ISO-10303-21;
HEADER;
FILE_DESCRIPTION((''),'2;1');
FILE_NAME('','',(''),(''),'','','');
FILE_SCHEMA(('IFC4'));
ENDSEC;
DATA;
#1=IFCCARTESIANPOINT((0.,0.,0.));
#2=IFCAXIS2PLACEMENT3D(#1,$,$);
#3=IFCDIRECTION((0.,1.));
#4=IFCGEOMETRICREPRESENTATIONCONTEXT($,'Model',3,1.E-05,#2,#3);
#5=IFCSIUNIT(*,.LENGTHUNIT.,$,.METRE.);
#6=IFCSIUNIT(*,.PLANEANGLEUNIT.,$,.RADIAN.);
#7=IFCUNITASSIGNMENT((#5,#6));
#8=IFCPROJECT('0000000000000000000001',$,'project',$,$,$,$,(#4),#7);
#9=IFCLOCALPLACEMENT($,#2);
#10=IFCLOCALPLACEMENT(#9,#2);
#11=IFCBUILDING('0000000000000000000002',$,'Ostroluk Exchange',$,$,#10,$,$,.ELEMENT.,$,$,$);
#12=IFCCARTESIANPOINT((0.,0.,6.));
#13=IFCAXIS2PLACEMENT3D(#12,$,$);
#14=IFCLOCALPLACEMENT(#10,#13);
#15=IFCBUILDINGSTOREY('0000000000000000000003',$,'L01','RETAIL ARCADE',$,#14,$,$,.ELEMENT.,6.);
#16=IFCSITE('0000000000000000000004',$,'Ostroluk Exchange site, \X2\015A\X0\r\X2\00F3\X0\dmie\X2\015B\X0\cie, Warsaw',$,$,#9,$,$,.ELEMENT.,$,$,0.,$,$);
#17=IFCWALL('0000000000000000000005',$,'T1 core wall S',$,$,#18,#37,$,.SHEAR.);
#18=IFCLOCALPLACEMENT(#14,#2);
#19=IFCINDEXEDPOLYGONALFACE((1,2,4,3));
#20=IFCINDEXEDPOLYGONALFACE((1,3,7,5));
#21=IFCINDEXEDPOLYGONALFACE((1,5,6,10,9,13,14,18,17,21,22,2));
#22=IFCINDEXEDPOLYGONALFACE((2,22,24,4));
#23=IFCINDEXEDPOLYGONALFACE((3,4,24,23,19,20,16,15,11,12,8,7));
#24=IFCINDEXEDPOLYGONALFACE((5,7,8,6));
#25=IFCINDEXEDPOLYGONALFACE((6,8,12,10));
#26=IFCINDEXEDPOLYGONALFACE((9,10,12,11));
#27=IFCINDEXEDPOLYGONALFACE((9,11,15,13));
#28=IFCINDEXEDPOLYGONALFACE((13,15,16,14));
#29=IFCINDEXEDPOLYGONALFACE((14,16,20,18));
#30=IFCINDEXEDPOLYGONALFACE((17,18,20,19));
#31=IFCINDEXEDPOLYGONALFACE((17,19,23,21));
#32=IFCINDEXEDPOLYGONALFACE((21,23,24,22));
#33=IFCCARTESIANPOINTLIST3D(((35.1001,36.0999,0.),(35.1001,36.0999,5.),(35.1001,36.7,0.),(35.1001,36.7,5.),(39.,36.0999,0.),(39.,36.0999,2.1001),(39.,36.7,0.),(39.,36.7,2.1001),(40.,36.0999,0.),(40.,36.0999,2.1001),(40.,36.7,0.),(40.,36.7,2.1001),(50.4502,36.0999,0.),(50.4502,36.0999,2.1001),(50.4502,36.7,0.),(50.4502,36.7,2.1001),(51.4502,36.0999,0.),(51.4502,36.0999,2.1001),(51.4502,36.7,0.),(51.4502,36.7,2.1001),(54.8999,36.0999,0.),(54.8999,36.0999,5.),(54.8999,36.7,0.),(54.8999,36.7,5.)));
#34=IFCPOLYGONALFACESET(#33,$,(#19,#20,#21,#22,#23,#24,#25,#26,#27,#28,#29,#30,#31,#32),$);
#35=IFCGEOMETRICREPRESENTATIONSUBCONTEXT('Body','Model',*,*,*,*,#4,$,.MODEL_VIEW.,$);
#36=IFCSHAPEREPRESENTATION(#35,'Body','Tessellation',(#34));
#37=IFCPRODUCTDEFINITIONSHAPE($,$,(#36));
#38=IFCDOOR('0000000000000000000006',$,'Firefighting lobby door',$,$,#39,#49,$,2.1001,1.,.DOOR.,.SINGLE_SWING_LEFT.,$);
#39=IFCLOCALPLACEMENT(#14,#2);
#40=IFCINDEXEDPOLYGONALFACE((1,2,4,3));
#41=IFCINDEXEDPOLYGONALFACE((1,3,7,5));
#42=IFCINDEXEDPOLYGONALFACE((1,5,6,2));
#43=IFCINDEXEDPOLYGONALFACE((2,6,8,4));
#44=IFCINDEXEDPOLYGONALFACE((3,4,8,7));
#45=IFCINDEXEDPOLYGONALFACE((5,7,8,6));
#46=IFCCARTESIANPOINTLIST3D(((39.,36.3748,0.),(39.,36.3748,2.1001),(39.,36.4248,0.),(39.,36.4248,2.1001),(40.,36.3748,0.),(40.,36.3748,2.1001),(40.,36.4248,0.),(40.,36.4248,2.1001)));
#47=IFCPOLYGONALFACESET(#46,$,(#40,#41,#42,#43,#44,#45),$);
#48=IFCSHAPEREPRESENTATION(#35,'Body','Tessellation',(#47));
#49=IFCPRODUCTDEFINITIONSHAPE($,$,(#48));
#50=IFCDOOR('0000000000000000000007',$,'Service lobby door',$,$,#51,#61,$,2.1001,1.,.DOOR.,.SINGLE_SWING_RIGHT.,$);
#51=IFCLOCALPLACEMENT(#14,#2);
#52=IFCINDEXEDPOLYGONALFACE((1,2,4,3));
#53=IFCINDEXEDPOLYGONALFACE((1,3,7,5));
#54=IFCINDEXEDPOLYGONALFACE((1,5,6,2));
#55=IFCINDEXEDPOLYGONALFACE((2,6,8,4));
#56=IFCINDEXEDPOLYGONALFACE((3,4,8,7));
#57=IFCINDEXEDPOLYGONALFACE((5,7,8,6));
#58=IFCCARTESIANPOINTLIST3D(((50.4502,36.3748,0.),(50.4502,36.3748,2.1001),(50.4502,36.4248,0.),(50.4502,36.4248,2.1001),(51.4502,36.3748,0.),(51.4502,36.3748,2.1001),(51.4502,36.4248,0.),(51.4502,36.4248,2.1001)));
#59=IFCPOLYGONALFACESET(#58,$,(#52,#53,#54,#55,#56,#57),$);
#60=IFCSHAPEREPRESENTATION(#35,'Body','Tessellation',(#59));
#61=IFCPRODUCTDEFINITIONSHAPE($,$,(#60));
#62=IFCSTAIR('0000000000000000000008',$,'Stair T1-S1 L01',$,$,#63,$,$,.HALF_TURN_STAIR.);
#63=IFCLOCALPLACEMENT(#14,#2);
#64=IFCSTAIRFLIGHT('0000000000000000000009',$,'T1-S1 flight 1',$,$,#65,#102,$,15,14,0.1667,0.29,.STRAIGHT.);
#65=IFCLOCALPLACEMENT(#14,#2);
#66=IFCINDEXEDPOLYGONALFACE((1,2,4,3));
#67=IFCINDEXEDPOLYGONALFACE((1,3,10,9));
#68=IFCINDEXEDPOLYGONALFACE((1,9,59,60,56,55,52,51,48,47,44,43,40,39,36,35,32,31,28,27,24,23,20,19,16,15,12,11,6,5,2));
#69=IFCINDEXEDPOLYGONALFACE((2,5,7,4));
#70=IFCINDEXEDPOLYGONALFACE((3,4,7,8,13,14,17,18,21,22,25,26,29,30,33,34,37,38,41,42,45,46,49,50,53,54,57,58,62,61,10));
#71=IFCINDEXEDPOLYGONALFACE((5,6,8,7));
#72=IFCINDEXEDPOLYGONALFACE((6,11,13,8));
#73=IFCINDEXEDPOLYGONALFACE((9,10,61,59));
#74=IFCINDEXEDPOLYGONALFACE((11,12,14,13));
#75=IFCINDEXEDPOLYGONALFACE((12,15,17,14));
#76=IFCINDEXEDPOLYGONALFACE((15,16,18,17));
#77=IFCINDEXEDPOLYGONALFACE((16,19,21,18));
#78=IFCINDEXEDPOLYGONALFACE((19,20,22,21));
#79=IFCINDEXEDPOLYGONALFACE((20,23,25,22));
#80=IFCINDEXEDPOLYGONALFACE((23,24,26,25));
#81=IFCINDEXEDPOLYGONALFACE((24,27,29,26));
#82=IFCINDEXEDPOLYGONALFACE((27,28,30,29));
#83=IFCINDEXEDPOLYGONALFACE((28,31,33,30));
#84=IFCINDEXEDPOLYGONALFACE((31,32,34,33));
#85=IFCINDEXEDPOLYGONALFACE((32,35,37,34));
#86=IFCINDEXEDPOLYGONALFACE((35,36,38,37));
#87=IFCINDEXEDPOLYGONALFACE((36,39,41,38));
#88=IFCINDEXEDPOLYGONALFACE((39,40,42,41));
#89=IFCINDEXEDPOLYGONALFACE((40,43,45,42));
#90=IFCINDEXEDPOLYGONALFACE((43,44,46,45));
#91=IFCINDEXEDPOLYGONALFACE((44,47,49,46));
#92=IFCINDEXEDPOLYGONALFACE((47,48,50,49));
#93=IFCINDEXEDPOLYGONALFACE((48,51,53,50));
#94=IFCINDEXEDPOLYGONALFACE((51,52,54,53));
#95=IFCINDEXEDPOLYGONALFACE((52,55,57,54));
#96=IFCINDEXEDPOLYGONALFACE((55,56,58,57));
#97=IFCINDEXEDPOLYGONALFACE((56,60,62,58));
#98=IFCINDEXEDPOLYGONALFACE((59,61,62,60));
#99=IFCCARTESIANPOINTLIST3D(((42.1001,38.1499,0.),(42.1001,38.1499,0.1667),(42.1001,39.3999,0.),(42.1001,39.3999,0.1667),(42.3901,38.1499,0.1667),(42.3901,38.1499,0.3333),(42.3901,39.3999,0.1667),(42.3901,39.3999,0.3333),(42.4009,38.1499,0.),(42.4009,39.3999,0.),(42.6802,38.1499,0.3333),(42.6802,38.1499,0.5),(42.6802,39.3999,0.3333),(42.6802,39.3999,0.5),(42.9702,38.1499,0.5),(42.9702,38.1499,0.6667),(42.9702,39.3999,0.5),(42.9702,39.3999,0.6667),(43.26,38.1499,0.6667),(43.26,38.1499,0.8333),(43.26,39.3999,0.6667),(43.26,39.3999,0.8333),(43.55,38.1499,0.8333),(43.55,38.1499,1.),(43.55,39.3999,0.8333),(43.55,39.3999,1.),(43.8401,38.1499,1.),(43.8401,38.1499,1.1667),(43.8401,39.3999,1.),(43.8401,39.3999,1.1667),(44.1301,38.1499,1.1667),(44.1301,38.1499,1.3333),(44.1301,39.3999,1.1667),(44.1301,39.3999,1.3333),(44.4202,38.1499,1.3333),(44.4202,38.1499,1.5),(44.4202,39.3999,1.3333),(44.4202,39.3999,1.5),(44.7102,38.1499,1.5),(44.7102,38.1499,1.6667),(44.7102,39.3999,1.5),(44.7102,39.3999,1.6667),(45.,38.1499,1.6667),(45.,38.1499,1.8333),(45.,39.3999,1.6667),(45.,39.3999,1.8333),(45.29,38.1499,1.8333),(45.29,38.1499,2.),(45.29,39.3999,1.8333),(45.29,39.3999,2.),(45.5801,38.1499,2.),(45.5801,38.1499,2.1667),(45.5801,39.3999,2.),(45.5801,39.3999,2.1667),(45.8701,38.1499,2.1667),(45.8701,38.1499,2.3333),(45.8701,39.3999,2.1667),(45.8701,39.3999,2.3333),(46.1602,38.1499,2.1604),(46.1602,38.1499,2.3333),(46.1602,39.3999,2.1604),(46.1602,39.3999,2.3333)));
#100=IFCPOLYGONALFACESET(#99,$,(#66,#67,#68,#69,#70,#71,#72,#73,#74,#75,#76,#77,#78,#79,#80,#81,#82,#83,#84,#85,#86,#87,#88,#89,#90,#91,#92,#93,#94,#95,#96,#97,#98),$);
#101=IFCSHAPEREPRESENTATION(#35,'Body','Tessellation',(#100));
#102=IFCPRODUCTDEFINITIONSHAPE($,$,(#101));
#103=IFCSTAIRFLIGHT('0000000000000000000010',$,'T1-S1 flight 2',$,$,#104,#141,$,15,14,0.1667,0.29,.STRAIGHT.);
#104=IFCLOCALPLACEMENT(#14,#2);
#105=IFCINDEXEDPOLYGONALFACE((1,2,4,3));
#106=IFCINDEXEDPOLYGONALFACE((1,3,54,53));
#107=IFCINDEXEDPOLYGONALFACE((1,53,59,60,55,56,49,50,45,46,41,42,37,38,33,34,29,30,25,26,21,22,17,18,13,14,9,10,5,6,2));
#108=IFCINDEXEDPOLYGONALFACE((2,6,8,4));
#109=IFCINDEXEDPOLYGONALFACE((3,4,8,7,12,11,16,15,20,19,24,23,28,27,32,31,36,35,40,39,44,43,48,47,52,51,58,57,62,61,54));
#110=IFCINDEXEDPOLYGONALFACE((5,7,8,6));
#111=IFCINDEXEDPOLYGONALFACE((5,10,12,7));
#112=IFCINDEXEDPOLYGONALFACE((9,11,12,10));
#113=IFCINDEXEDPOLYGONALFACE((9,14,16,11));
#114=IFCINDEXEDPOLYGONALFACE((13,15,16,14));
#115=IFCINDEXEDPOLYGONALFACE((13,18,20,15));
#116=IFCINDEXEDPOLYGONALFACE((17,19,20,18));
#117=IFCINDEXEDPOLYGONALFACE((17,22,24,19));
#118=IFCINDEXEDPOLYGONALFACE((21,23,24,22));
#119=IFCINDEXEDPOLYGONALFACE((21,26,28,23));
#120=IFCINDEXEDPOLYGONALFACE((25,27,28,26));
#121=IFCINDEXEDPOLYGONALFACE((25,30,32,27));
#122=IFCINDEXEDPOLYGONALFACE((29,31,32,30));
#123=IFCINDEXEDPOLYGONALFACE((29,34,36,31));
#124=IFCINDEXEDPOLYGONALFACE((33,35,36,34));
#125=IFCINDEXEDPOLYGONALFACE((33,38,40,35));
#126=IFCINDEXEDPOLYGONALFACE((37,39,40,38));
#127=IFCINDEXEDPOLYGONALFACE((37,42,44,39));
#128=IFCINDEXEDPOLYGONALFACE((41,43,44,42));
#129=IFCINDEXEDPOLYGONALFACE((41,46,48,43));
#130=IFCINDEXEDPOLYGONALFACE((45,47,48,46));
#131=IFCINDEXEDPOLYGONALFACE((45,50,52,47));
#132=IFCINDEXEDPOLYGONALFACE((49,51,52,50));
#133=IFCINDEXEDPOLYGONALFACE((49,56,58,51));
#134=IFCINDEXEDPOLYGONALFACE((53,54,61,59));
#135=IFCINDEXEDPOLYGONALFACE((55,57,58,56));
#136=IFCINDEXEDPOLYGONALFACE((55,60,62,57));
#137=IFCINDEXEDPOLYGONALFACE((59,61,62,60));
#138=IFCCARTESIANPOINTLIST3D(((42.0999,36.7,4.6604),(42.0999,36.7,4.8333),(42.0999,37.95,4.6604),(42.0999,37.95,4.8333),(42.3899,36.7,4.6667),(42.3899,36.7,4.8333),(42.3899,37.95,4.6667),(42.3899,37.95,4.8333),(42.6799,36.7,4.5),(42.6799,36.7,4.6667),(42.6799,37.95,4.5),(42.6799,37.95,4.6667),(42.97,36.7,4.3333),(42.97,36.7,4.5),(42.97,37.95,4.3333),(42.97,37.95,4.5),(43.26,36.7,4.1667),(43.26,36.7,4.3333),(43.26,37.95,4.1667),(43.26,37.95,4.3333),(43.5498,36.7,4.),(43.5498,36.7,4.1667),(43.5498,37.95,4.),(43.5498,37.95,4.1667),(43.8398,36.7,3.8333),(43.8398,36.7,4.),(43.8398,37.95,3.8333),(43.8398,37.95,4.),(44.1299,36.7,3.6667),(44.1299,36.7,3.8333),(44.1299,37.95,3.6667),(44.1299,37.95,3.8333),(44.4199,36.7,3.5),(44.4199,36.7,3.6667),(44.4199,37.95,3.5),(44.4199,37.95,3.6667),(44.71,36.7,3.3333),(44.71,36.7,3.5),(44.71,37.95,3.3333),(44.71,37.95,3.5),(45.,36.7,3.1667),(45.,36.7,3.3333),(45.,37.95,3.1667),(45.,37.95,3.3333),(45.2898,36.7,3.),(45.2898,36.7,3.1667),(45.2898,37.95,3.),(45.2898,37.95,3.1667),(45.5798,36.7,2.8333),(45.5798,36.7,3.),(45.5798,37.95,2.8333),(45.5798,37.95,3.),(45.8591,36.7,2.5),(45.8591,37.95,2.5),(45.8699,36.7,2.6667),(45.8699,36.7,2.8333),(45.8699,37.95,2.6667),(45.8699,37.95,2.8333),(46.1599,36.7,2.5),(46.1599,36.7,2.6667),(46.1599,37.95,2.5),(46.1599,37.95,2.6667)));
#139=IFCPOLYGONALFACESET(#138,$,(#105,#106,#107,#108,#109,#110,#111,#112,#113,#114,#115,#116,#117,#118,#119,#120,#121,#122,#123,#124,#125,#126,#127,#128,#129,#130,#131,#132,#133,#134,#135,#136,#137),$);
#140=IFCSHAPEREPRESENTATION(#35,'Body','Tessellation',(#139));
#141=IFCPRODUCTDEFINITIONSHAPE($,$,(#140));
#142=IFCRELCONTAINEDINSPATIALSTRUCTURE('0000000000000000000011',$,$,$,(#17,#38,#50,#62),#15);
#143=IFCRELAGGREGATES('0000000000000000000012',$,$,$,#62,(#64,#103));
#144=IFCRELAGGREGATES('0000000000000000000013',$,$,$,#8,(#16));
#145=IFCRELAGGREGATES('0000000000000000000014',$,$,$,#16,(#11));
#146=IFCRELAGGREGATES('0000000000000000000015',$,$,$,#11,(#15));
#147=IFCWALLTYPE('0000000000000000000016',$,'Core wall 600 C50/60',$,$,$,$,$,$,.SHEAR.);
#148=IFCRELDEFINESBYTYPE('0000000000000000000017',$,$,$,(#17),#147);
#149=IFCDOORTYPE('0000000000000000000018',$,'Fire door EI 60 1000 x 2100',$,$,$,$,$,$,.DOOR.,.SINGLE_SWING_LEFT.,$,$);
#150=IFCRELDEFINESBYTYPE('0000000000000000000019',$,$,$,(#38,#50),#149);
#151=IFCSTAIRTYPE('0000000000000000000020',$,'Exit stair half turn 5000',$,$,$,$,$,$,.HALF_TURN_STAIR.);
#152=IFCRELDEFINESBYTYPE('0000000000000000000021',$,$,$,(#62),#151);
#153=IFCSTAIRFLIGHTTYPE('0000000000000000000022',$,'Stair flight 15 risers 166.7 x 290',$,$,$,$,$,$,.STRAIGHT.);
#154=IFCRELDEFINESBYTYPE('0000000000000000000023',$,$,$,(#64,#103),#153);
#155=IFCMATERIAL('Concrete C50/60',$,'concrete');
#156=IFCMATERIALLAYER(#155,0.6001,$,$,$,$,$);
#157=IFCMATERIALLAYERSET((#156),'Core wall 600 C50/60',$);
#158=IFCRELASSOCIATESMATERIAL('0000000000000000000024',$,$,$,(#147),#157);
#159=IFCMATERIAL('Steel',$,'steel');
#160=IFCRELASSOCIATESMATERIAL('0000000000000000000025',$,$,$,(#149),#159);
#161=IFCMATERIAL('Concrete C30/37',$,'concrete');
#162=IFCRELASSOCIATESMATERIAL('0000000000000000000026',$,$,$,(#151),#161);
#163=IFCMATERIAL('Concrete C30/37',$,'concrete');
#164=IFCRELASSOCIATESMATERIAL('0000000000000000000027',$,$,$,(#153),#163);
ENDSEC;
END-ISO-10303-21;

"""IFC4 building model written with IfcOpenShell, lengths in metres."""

from ifc_helpers import new_model, si_unit, direction, frame, frame_2d, origin, place, context, subcontext, project, spatial, polyline, rectangle, outline, extrude, material, layer, layer_set, type_object, element, fill, aggregate, save


model = new_model("IFC4")

# Units and contexts
model_context = context("Model", 3, precision=1e-05, world=origin(), true_north=direction((0.0, 1.0)))
body_context = subcontext(model_context, "Body", "Model", "MODEL_VIEW")
ifc_project = project(units=[si_unit("LENGTHUNIT", "METRE"), si_unit("PLANEANGLEUNIT", "RADIAN")], contexts=[model_context])

# Site, building, storey
site_placement = place(None, origin())
site = spatial("IfcSite", under=ifc_project, at=site_placement, Name="Ostroluk Exchange site, Śródmieście, Warsaw", CompositionType="ELEMENT", RefElevation=0.0)
building_placement = place(site_placement, origin())
building = spatial("IfcBuilding", under=site, at=building_placement, Name="Ostroluk Exchange", CompositionType="ELEMENT")
storey_placement = place(building_placement, frame((0.0, 0.0, 6.0)))
storey = spatial("IfcBuildingStorey", under=building, at=storey_placement, Name="L01", Description="RETAIL ARCADE", CompositionType="ELEMENT", Elevation=6.0)

# Wall, openings, doors
ifc_material_1 = material(Name="Concrete C50/60", Category="concrete")
ifc_layer_1 = layer(ifc_material_1, 0.6001)
ifc_layer_set_1 = layer_set([ifc_layer_1], Name="Core wall 600 C50/60")
wall_type_1 = type_object("IfcWallType", Name="Core wall 600 C50/60", PredefinedType="SHEAR", material=ifc_layer_set_1)
wall_1_placement = place(storey_placement, frame((35.1001, 36.3999, 0.0), z_axis=(0.0, 0.0, 1.0), x_axis=(1.0, 0.0, 0.0)))
wall_1 = element("IfcWall", 1, at=wall_1_placement, inside=storey, type_object=wall_type_1, Name="T1 core wall S", PredefinedType="SHEAR", context=body_context, shape_type="SweptSolid", body=[
    extrude(rectangle(XDim=19.7998, YDim=0.6001, at=frame_2d((9.8999, 0.0))), origin(), (0.0, 0.0, 1.0), 5.0),
])
opening_1_placement = place(wall_1_placement, frame((3.8999, 0.0, 0.0)))
opening_1 = element("IfcOpeningElement", 2, at=opening_1_placement, cuts=wall_1, PredefinedType="OPENING", context=body_context, shape_type="SweptSolid", body=[
    extrude(rectangle(XDim=1.0, YDim=2.1001, at=frame_2d((0.5, 1.05))), frame((0.0, 0.3101, 0.0), z_axis=(0.0, -1.0, 0.0), x_axis=(1.0, 0.0, 0.0)), (0.0, 0.0, 1.0), 0.6201),
])
opening_2_placement = place(wall_1_placement, frame((15.3501, 0.0, 0.0)))
opening_2 = element("IfcOpeningElement", 3, at=opening_2_placement, cuts=wall_1, PredefinedType="OPENING", context=body_context, shape_type="SweptSolid", body=[
    extrude(rectangle(XDim=1.0, YDim=2.1001, at=frame_2d((0.5, 1.05))), frame((0.0, 0.3101, 0.0), z_axis=(0.0, -1.0, 0.0), x_axis=(1.0, 0.0, 0.0)), (0.0, 0.0, 1.0), 0.6201),
])
ifc_material_2 = material(Name="Steel", Category="steel")
door_type_1 = type_object("IfcDoorType", Name="Fire door EI 60 1000 x 2100", OperationType="SINGLE_SWING_LEFT", PredefinedType="DOOR", material=ifc_material_2)
door_1_placement = place(opening_1_placement, origin())
door_1 = element("IfcDoor", 4, at=door_1_placement, inside=storey, type_object=door_type_1, Name="Firefighting lobby door", OperationType="SINGLE_SWING_LEFT", OverallHeight=2.1001, OverallWidth=1.0, PredefinedType="DOOR", context=body_context, shape_type="SweptSolid", body=[
    extrude(rectangle(XDim=1.0, YDim=2.1001, at=frame_2d((0.5, 1.05))), frame((0.0, 0.0249, 0.0), z_axis=(0.0, -1.0, 0.0), x_axis=(1.0, 0.0, 0.0)), (0.0, 0.0, 1.0), 0.05),
])
fill(opening_1, door_1)
door_2_placement = place(opening_2_placement, origin())
door_2 = element("IfcDoor", 5, at=door_2_placement, inside=storey, type_object=door_type_1, Name="Service lobby door", OperationType="SINGLE_SWING_RIGHT", OverallHeight=2.1001, OverallWidth=1.0, PredefinedType="DOOR", context=body_context, shape_type="SweptSolid", body=[
    extrude(rectangle(XDim=1.0, YDim=2.1001, at=frame_2d((0.5, 1.05))), frame((0.0, 0.0249, 0.0), z_axis=(0.0, -1.0, 0.0), x_axis=(1.0, 0.0, 0.0)), (0.0, 0.0, 1.0), 0.05),
])
fill(opening_2, door_2)

# Stair, stair flights
ifc_material_3 = material(Name="Concrete C30/37", Category="concrete")
stair_type = type_object("IfcStairType", Name="Exit stair half turn 5000", PredefinedType="HALF_TURN_STAIR", material=ifc_material_3)
stair_placement = place(storey_placement, origin())
stair = element("IfcStair", 6, at=stair_placement, inside=storey, type_object=stair_type, Name="Stair T1-S1 L01", PredefinedType="HALF_TURN_STAIR")
ifc_material_4 = material(Name="Concrete C30/37", Category="concrete")
stair_flight_type = type_object("IfcStairFlightType", Name="Stair flight 15 risers 166.7 x 290", PredefinedType="STRAIGHT", material=ifc_material_4)
stair_flight_1_placement = place(storey_placement, frame((42.1001, 38.7749, 0.0), z_axis=(0.0, 0.0, 1.0), x_axis=(1.0, 0.0, 0.0)))
stair_flight_1 = element("IfcStairFlight", 7, at=stair_flight_1_placement, type_object=stair_flight_type, Name="T1-S1 flight 1", NumberOfRisers=15, NumberOfTreads=14, PredefinedType="STRAIGHT", RiserHeight=0.1667, TreadLength=0.29, context=body_context, shape_type="SweptSolid", body=[
    extrude(outline(polyline([(0.0, 0.0), (0.0, 0.1667), (0.29, 0.1667), (0.29, 0.3333), (0.5801, 0.3333), (0.5801, 0.5), (0.8701, 0.5), (0.8701, 0.6667), (1.1599, 0.6667), (1.1599, 0.8333), (1.45, 0.8333), (1.45, 1.0), (1.74, 1.0), (1.74, 1.1667), (2.03, 1.1667), (2.03, 1.3333), (2.3201, 1.3333), (2.3201, 1.5), (2.6101, 1.5), (2.6101, 1.6667), (2.8999, 1.6667), (2.8999, 1.8333), (3.1899, 1.8333), (3.1899, 2.0), (3.48, 2.0), (3.48, 2.1667), (3.77, 2.1667), (3.77, 2.3333), (4.0601, 2.3333), (4.0601, 2.5), (4.0601, 2.1604), (0.3008, 0.0), (0.0, 0.0)])), frame((0.0, 0.625, 0.0), z_axis=(0.0, -1.0, 0.0), x_axis=(1.0, 0.0, 0.0)), (0.0, 0.0, 1.0), 1.25),
])
stair_flight_2_placement = place(storey_placement, frame((46.1599, 37.325, 2.5), z_axis=(0.0, 0.0, 1.0), x_axis=(-1.0, 0.0, 0.0)))
stair_flight_2 = element("IfcStairFlight", 8, at=stair_flight_2_placement, type_object=stair_flight_type, Name="T1-S1 flight 2", NumberOfRisers=15, NumberOfTreads=14, PredefinedType="STRAIGHT", RiserHeight=0.1667, TreadLength=0.29, context=body_context, shape_type="SweptSolid", body=[
    extrude(outline(polyline([(0.0, 0.0), (0.0, 0.1667), (0.29, 0.1667), (0.29, 0.3333), (0.5801, 0.3333), (0.5801, 0.5), (0.8701, 0.5), (0.8701, 0.6667), (1.1599, 0.6667), (1.1599, 0.8333), (1.45, 0.8333), (1.45, 1.0), (1.74, 1.0), (1.74, 1.1667), (2.03, 1.1667), (2.03, 1.3333), (2.3201, 1.3333), (2.3201, 1.5), (2.6101, 1.5), (2.6101, 1.6667), (2.8999, 1.6667), (2.8999, 1.8333), (3.1899, 1.8333), (3.1899, 2.0), (3.48, 2.0), (3.48, 2.1667), (3.77, 2.1667), (3.77, 2.3333), (4.0601, 2.3333), (4.0601, 2.5), (4.0601, 2.1604), (0.3008, 0.0), (0.0, 0.0)])), frame((0.0, 0.625, 0.0), z_axis=(0.0, -1.0, 0.0), x_axis=(1.0, 0.0, 0.0)), (0.0, 0.0, 1.0), 1.25),
])
aggregate(stair, [stair_flight_1, stair_flight_2])

save(model, "model.ifc")
